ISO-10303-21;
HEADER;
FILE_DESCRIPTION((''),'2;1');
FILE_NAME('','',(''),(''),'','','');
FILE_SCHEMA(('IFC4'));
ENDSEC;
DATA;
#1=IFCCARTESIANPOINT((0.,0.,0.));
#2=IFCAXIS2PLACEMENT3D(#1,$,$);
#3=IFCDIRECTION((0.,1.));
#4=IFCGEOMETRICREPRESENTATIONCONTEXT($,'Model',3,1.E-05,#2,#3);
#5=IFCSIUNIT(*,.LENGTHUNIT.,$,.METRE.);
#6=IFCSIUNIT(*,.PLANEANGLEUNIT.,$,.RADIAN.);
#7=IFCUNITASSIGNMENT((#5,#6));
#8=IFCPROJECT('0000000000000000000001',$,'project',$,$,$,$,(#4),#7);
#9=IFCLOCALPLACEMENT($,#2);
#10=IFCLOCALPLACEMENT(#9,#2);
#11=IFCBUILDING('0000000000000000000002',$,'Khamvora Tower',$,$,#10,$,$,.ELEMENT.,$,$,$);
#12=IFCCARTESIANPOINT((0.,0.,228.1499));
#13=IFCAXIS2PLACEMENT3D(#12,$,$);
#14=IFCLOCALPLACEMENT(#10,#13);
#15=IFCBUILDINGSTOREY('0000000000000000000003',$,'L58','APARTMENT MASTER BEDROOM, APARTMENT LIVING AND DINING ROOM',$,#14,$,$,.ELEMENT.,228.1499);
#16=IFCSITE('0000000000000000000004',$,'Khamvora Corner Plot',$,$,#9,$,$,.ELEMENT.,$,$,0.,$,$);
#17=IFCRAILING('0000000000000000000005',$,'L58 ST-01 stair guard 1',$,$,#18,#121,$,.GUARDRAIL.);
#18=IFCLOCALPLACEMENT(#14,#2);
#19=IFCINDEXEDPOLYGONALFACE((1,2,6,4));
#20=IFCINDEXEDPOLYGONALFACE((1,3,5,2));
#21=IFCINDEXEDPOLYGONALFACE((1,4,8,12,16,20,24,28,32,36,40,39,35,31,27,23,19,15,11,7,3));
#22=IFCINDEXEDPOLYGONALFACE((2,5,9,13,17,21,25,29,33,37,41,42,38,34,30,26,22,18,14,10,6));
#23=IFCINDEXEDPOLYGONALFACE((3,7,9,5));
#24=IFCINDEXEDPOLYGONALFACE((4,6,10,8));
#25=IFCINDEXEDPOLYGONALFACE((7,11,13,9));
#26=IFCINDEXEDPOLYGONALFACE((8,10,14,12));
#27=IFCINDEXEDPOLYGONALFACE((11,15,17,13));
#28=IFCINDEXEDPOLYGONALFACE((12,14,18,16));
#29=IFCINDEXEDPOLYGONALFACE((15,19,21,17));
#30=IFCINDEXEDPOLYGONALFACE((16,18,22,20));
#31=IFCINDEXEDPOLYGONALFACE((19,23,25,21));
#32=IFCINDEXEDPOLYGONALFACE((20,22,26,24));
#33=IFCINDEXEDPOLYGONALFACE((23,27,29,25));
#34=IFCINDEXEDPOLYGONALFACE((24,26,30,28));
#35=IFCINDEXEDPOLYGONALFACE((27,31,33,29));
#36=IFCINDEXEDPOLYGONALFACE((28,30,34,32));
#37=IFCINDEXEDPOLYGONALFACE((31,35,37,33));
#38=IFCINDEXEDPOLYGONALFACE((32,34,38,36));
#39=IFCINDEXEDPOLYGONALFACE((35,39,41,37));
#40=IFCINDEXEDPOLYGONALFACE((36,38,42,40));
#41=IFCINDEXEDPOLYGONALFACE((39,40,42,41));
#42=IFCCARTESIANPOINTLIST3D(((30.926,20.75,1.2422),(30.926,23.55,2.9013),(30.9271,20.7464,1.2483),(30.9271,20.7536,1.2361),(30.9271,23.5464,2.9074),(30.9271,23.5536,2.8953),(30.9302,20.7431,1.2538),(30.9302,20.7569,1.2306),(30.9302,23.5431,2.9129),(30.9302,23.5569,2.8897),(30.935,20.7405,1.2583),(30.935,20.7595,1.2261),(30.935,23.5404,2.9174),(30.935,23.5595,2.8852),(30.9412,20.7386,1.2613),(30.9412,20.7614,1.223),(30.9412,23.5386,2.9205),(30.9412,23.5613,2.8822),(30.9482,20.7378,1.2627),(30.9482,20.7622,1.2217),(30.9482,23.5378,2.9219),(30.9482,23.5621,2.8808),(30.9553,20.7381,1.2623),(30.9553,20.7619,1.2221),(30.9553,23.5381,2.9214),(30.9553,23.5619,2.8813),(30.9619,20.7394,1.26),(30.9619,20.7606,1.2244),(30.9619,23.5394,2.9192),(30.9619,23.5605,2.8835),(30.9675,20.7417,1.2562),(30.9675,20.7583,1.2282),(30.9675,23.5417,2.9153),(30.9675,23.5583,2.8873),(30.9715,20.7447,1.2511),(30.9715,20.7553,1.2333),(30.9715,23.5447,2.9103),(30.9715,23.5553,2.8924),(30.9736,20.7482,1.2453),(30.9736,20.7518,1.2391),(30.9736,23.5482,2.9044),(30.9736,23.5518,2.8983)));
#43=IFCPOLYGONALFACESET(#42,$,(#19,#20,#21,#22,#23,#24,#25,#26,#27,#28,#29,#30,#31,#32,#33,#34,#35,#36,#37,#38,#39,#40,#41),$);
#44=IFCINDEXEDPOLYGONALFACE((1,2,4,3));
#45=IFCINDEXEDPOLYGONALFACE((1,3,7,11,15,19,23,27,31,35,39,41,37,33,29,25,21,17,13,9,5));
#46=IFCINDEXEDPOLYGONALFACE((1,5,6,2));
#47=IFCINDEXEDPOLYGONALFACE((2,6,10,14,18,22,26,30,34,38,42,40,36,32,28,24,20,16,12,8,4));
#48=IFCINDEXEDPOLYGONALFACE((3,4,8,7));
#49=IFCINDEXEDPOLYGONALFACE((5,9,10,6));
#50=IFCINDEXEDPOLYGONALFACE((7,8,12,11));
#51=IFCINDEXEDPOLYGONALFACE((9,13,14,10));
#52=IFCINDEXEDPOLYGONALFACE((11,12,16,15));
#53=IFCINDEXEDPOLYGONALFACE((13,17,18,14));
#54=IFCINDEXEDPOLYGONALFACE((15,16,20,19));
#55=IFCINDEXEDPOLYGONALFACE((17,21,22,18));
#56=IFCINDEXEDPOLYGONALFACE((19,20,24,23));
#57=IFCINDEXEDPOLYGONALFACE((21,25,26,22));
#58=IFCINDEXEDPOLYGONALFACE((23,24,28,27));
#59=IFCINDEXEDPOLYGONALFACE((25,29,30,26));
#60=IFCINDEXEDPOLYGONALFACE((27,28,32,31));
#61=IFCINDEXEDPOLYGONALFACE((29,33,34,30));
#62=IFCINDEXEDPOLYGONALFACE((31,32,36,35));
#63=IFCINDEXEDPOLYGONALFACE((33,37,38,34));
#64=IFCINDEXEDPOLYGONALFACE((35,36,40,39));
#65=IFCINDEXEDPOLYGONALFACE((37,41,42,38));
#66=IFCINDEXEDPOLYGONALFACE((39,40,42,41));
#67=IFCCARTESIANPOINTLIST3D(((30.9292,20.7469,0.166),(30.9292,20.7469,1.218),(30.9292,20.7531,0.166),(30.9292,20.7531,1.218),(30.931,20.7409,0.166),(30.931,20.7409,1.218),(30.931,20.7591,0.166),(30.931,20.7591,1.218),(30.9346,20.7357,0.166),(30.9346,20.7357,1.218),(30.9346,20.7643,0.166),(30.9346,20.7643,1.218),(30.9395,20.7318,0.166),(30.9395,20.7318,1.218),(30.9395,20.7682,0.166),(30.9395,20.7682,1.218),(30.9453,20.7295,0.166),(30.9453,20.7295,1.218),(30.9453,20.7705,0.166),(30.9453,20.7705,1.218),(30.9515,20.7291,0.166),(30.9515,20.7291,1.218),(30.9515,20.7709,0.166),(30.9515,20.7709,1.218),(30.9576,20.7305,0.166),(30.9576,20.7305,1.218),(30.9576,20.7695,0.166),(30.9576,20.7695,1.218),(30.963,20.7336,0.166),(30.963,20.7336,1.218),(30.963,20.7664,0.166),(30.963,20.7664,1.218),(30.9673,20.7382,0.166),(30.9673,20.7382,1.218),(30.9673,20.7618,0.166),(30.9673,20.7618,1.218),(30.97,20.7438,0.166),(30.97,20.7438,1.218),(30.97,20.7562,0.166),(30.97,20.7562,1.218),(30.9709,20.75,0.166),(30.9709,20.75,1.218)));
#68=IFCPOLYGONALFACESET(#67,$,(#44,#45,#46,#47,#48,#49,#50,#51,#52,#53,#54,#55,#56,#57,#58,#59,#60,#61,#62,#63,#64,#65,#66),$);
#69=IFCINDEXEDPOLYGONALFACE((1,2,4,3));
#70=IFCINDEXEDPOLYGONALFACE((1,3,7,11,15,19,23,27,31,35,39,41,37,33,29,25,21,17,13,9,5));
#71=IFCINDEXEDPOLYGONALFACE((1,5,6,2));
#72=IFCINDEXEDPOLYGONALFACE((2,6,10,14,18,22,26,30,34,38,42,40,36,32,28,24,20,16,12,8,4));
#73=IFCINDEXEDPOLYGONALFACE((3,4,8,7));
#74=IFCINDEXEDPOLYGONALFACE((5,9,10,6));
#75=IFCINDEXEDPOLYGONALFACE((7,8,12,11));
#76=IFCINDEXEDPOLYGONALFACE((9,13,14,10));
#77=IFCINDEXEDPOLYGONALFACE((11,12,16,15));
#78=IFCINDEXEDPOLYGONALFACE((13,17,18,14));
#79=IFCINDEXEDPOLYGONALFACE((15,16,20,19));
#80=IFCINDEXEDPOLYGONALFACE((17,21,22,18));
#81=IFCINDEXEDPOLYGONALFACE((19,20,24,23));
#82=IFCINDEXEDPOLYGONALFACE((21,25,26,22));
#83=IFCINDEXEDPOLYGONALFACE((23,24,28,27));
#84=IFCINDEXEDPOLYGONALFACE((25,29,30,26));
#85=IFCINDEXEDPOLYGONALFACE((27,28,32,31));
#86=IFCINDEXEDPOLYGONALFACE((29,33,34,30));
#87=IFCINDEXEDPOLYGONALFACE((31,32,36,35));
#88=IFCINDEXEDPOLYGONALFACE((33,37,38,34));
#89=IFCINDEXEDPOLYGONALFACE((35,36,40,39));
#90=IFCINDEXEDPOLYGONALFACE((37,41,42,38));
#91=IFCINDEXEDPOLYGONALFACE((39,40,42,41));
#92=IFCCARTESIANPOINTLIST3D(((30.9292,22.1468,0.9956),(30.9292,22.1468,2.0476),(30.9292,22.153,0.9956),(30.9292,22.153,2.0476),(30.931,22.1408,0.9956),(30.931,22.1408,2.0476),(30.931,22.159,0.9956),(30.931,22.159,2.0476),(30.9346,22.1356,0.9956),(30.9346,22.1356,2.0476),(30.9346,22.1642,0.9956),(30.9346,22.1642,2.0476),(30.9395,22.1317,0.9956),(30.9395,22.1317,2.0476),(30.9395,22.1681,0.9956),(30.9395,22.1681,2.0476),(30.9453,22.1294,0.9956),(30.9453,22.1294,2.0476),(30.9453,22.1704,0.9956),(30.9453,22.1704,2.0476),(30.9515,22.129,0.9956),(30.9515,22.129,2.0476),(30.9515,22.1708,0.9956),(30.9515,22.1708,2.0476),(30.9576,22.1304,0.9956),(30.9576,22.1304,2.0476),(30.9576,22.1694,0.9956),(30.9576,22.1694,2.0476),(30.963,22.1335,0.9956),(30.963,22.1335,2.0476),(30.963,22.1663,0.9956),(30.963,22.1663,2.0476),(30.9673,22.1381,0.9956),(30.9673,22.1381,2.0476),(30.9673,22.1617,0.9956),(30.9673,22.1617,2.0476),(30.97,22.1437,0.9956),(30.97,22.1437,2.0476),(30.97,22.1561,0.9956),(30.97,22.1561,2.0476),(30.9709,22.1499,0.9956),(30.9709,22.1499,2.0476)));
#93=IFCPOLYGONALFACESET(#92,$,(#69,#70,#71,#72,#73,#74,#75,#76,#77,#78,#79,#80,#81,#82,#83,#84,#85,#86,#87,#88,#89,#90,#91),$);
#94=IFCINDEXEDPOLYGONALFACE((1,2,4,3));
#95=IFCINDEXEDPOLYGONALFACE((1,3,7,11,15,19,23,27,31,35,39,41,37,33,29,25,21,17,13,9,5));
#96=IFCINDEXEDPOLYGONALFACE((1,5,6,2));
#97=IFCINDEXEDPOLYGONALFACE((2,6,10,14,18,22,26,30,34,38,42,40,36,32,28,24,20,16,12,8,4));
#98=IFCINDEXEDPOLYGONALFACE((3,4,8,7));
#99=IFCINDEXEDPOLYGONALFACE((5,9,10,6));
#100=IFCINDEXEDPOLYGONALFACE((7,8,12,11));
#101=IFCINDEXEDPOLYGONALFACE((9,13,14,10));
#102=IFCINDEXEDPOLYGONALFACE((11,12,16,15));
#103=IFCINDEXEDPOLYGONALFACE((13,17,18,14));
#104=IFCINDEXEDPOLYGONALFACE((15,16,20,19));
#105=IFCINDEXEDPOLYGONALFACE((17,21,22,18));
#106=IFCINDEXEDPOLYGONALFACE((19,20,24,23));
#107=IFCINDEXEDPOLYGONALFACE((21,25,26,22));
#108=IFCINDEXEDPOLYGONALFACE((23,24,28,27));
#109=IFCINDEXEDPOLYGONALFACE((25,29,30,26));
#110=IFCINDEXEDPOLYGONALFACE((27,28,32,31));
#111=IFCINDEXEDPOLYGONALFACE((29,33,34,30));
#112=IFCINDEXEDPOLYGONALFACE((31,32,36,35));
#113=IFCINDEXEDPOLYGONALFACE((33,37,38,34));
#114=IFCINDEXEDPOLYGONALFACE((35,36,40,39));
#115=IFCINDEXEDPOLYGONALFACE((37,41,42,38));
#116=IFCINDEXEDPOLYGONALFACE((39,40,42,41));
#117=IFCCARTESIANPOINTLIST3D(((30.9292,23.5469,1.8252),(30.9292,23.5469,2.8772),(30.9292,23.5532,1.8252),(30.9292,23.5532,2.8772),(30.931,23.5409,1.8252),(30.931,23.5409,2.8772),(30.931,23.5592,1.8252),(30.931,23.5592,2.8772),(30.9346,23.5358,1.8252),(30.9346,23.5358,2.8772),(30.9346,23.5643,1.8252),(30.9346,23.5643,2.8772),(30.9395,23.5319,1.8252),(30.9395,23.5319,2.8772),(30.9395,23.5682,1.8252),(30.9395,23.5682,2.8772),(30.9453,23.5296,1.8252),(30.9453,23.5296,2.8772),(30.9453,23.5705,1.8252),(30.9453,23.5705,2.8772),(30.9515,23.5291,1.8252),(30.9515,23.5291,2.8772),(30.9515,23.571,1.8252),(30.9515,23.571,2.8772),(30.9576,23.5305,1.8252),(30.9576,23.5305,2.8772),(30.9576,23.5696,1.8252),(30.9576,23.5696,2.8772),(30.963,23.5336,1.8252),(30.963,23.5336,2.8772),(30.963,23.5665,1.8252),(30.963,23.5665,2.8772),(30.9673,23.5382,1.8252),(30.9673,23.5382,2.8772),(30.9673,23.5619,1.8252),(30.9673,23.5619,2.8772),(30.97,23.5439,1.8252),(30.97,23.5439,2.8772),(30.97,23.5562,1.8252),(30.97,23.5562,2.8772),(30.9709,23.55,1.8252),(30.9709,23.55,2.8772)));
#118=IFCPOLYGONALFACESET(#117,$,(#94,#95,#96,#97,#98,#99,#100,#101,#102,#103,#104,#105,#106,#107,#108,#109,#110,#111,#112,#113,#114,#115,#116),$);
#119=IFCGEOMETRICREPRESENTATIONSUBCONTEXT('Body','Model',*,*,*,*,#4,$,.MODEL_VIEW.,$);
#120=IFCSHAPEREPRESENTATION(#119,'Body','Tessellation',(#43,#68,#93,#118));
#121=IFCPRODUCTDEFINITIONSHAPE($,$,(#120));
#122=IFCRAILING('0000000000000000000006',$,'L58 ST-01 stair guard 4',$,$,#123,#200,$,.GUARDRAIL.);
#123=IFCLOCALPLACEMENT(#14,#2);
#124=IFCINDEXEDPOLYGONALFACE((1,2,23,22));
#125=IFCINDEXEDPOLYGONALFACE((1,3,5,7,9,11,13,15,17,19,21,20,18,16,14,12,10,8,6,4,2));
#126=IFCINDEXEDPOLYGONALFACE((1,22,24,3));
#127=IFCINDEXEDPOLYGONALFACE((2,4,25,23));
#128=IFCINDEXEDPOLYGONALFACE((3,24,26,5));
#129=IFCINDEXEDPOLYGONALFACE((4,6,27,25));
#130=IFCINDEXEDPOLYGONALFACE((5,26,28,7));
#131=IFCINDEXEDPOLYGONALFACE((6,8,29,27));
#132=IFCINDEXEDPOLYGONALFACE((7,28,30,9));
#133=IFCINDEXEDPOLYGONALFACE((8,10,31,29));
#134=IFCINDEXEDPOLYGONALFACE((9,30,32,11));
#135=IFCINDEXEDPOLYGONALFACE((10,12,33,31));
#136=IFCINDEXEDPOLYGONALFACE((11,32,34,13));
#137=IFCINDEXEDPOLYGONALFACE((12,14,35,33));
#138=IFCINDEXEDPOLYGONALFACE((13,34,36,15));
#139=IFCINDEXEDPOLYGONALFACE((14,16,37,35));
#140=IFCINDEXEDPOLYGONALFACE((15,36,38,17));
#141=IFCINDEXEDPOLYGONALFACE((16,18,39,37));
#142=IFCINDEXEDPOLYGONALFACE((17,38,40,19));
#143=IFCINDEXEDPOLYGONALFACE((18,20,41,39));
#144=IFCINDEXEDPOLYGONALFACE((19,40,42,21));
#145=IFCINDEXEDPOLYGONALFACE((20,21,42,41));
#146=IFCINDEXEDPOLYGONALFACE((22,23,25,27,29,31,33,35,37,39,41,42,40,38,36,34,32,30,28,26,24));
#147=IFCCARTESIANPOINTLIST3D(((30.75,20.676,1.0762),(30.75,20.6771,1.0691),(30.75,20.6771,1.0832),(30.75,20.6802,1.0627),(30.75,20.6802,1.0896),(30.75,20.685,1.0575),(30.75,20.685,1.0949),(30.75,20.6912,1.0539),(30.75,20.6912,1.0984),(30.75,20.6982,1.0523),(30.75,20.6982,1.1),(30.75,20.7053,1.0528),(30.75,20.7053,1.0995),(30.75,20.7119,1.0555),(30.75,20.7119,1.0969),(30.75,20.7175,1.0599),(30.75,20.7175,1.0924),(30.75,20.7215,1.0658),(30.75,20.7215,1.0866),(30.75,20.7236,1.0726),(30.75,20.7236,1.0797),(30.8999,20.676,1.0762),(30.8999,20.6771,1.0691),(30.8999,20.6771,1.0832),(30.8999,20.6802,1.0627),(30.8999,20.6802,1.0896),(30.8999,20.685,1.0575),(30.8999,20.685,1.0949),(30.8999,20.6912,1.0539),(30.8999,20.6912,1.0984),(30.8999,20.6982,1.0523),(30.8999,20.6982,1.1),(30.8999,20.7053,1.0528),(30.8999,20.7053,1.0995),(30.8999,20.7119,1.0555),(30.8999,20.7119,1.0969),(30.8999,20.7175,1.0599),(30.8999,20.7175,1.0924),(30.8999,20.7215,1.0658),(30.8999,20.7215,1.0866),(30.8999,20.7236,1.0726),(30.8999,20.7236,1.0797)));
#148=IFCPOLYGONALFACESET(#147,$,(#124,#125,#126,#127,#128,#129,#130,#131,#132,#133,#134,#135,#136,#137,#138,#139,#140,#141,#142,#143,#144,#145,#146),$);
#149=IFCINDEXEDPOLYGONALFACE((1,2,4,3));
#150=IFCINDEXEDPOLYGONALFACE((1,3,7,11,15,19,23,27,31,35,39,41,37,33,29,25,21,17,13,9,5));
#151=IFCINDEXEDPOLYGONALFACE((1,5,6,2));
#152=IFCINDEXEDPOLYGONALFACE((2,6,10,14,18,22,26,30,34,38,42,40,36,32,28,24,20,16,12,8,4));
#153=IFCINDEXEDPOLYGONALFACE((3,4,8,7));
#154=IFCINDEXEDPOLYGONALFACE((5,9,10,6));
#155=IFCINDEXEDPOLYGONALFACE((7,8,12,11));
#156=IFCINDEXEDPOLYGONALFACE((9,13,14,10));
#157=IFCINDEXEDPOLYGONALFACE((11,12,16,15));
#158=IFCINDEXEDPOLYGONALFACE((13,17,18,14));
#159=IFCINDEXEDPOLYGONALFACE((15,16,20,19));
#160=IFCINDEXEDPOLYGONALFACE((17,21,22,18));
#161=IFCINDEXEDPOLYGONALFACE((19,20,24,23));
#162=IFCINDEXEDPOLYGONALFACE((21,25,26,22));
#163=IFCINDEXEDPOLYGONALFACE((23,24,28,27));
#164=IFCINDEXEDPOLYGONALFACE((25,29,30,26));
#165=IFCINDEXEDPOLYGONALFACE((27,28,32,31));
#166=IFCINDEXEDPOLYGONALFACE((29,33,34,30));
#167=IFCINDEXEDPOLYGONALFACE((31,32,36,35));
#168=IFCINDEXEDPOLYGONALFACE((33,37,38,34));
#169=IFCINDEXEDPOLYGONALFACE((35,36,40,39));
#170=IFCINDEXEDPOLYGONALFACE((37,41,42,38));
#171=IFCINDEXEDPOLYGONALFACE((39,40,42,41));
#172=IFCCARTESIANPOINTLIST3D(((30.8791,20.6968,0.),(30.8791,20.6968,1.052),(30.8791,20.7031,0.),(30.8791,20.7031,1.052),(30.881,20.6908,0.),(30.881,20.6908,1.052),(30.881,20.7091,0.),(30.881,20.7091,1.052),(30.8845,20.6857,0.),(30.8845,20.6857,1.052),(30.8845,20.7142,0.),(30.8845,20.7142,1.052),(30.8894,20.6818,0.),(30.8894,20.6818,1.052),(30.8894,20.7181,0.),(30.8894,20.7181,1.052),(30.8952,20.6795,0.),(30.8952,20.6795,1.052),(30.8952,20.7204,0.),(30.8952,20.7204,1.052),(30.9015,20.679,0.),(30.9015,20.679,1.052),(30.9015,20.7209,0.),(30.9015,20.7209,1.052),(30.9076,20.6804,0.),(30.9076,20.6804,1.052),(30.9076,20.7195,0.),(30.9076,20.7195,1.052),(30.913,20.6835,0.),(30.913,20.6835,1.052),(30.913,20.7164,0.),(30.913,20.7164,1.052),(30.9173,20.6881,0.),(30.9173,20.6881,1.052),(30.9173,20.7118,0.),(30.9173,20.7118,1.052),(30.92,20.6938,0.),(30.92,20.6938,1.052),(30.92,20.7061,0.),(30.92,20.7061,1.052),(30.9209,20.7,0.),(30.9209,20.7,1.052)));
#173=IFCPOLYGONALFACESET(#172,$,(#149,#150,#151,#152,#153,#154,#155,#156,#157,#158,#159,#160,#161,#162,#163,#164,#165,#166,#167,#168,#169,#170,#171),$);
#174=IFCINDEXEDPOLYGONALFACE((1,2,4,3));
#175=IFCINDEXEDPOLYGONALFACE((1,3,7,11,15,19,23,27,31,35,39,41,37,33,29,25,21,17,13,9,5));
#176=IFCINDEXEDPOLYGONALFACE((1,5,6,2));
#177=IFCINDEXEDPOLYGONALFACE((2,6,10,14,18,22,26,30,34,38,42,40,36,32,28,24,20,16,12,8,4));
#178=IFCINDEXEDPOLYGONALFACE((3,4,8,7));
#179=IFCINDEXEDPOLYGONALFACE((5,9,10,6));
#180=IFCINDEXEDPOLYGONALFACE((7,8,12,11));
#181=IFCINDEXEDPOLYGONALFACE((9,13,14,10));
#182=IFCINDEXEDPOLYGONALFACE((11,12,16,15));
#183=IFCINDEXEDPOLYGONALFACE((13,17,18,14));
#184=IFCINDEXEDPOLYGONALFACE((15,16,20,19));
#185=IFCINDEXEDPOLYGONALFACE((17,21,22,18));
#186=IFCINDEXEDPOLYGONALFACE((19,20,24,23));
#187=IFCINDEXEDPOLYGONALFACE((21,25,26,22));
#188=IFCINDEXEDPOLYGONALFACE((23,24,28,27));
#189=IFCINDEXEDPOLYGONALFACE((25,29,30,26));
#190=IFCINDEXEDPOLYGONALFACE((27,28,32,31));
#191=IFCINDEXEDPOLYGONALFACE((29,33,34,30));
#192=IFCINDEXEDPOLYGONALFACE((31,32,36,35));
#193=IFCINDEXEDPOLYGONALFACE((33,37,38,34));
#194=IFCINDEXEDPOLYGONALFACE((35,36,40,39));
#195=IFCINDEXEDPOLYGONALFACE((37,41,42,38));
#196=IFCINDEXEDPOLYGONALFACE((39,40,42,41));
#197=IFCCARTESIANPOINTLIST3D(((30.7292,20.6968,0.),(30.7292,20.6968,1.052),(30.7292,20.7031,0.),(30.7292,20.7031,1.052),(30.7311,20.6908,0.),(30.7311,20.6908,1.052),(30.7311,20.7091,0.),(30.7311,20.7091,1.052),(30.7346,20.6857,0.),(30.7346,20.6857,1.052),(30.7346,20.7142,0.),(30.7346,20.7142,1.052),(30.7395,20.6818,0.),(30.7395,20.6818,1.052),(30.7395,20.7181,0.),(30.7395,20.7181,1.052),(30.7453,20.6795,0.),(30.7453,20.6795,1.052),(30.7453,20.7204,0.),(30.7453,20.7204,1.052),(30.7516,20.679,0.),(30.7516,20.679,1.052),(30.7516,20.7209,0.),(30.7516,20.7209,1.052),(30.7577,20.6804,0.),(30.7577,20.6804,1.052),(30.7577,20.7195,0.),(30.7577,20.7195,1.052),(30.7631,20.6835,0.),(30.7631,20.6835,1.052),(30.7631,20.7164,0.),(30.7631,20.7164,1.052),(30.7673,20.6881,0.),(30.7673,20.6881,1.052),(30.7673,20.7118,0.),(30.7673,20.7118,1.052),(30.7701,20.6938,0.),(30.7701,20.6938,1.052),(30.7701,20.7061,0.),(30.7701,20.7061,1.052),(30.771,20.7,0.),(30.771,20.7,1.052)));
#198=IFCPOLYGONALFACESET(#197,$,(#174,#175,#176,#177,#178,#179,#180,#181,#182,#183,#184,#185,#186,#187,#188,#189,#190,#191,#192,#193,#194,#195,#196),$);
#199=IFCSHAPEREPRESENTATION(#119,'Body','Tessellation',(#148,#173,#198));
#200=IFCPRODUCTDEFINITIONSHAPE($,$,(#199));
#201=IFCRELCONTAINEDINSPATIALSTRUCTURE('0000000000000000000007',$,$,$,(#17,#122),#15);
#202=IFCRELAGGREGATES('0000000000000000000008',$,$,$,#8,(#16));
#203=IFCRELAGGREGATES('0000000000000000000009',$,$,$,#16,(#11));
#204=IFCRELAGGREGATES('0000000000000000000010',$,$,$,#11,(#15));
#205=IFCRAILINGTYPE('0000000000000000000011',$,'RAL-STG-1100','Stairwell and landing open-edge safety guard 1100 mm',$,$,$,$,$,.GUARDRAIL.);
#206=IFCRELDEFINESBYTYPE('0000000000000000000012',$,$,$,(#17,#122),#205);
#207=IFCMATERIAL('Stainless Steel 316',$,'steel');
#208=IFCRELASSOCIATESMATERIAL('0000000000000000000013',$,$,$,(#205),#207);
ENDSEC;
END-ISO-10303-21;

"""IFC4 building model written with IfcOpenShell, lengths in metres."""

from ifc_helpers import new_model, si_unit, direction, frame, origin, origin_2d, place, context, subcontext, project, spatial, circle, extrude, material, type_object, element, save


model = new_model("IFC4")

# Units and contexts
model_context = context("Model", 3, precision=1e-05, world=origin(), true_north=direction((0.0, 1.0)))
body_context = subcontext(model_context, "Body", "Model", "MODEL_VIEW")
ifc_project = project(units=[si_unit("LENGTHUNIT", "METRE"), si_unit("PLANEANGLEUNIT", "RADIAN")], contexts=[model_context])

# Site, building, storey
site_placement = place(None, origin())
site = spatial("IfcSite", under=ifc_project, at=site_placement, Name="Khamvora Corner Plot", CompositionType="ELEMENT", RefElevation=0.0)
building_placement = place(site_placement, origin())
building = spatial("IfcBuilding", under=site, at=building_placement, Name="Khamvora Tower", CompositionType="ELEMENT")
storey_placement = place(building_placement, frame((0.0, 0.0, 228.1499)))
storey = spatial("IfcBuildingStorey", under=building, at=storey_placement, Name="L58", Description="APARTMENT MASTER BEDROOM, APARTMENT LIVING AND DINING ROOM", CompositionType="ELEMENT", Elevation=228.1499)

# Railings
ifc_material_1 = material(Name="Stainless Steel 316", Category="steel")
railing_type_1 = type_object("IfcRailingType", Name="RAL-STG-1100", Description="Stairwell and landing open-edge safety guard 1100 mm", PredefinedType="GUARDRAIL", material=ifc_material_1)
railing_1_placement = place(storey_placement, frame((30.95, 20.75, 0.166)))
element("IfcRailing", 1, at=railing_1_placement, inside=storey, type_object=railing_type_1, Name="L58 ST-01 stair guard 1", PredefinedType="GUARDRAIL", context=body_context, shape_type="SweptSolid", body=[
    extrude(circle(Radius=0.0239, at=origin_2d()), frame((0.0, 0.0, 1.0762), z_axis=(0.0, 0.860306, 0.509778), x_axis=(-1.0, 0.0, 0.0)), (0.0, 0.0, 1.0), 3.2546),
    extrude(circle(Radius=0.021, at=origin_2d()), origin(), (0.0, 0.0, 1.0), 1.052),
    extrude(circle(Radius=0.021, at=origin_2d()), frame((0.0, 1.3999, 0.8296)), (0.0, 0.0, 1.0), 1.052),
    extrude(circle(Radius=0.021, at=origin_2d()), frame((0.0, 2.8, 1.6592)), (0.0, 0.0, 1.0), 1.052),
])
railing_2_placement = place(storey_placement, frame((30.8999, 20.7, 0.0)))
element("IfcRailing", 2, at=railing_2_placement, inside=storey, type_object=railing_type_1, Name="L58 ST-01 stair guard 4", PredefinedType="GUARDRAIL", context=body_context, shape_type="SweptSolid", body=[
    extrude(circle(Radius=0.0239, at=origin_2d()), frame((0.0, 0.0, 1.0762), z_axis=(-1.0, 0.0, 0.0), x_axis=(0.0, -1.0, 0.0)), (0.0, 0.0, 1.0), 0.1499),
    extrude(circle(Radius=0.021, at=origin_2d()), origin(), (0.0, 0.0, 1.0), 1.052),
    extrude(circle(Radius=0.021, at=origin_2d()), frame((-0.1499, 0.0, 0.0)), (0.0, 0.0, 1.0), 1.052),
])

save(model, "model.ifc")
